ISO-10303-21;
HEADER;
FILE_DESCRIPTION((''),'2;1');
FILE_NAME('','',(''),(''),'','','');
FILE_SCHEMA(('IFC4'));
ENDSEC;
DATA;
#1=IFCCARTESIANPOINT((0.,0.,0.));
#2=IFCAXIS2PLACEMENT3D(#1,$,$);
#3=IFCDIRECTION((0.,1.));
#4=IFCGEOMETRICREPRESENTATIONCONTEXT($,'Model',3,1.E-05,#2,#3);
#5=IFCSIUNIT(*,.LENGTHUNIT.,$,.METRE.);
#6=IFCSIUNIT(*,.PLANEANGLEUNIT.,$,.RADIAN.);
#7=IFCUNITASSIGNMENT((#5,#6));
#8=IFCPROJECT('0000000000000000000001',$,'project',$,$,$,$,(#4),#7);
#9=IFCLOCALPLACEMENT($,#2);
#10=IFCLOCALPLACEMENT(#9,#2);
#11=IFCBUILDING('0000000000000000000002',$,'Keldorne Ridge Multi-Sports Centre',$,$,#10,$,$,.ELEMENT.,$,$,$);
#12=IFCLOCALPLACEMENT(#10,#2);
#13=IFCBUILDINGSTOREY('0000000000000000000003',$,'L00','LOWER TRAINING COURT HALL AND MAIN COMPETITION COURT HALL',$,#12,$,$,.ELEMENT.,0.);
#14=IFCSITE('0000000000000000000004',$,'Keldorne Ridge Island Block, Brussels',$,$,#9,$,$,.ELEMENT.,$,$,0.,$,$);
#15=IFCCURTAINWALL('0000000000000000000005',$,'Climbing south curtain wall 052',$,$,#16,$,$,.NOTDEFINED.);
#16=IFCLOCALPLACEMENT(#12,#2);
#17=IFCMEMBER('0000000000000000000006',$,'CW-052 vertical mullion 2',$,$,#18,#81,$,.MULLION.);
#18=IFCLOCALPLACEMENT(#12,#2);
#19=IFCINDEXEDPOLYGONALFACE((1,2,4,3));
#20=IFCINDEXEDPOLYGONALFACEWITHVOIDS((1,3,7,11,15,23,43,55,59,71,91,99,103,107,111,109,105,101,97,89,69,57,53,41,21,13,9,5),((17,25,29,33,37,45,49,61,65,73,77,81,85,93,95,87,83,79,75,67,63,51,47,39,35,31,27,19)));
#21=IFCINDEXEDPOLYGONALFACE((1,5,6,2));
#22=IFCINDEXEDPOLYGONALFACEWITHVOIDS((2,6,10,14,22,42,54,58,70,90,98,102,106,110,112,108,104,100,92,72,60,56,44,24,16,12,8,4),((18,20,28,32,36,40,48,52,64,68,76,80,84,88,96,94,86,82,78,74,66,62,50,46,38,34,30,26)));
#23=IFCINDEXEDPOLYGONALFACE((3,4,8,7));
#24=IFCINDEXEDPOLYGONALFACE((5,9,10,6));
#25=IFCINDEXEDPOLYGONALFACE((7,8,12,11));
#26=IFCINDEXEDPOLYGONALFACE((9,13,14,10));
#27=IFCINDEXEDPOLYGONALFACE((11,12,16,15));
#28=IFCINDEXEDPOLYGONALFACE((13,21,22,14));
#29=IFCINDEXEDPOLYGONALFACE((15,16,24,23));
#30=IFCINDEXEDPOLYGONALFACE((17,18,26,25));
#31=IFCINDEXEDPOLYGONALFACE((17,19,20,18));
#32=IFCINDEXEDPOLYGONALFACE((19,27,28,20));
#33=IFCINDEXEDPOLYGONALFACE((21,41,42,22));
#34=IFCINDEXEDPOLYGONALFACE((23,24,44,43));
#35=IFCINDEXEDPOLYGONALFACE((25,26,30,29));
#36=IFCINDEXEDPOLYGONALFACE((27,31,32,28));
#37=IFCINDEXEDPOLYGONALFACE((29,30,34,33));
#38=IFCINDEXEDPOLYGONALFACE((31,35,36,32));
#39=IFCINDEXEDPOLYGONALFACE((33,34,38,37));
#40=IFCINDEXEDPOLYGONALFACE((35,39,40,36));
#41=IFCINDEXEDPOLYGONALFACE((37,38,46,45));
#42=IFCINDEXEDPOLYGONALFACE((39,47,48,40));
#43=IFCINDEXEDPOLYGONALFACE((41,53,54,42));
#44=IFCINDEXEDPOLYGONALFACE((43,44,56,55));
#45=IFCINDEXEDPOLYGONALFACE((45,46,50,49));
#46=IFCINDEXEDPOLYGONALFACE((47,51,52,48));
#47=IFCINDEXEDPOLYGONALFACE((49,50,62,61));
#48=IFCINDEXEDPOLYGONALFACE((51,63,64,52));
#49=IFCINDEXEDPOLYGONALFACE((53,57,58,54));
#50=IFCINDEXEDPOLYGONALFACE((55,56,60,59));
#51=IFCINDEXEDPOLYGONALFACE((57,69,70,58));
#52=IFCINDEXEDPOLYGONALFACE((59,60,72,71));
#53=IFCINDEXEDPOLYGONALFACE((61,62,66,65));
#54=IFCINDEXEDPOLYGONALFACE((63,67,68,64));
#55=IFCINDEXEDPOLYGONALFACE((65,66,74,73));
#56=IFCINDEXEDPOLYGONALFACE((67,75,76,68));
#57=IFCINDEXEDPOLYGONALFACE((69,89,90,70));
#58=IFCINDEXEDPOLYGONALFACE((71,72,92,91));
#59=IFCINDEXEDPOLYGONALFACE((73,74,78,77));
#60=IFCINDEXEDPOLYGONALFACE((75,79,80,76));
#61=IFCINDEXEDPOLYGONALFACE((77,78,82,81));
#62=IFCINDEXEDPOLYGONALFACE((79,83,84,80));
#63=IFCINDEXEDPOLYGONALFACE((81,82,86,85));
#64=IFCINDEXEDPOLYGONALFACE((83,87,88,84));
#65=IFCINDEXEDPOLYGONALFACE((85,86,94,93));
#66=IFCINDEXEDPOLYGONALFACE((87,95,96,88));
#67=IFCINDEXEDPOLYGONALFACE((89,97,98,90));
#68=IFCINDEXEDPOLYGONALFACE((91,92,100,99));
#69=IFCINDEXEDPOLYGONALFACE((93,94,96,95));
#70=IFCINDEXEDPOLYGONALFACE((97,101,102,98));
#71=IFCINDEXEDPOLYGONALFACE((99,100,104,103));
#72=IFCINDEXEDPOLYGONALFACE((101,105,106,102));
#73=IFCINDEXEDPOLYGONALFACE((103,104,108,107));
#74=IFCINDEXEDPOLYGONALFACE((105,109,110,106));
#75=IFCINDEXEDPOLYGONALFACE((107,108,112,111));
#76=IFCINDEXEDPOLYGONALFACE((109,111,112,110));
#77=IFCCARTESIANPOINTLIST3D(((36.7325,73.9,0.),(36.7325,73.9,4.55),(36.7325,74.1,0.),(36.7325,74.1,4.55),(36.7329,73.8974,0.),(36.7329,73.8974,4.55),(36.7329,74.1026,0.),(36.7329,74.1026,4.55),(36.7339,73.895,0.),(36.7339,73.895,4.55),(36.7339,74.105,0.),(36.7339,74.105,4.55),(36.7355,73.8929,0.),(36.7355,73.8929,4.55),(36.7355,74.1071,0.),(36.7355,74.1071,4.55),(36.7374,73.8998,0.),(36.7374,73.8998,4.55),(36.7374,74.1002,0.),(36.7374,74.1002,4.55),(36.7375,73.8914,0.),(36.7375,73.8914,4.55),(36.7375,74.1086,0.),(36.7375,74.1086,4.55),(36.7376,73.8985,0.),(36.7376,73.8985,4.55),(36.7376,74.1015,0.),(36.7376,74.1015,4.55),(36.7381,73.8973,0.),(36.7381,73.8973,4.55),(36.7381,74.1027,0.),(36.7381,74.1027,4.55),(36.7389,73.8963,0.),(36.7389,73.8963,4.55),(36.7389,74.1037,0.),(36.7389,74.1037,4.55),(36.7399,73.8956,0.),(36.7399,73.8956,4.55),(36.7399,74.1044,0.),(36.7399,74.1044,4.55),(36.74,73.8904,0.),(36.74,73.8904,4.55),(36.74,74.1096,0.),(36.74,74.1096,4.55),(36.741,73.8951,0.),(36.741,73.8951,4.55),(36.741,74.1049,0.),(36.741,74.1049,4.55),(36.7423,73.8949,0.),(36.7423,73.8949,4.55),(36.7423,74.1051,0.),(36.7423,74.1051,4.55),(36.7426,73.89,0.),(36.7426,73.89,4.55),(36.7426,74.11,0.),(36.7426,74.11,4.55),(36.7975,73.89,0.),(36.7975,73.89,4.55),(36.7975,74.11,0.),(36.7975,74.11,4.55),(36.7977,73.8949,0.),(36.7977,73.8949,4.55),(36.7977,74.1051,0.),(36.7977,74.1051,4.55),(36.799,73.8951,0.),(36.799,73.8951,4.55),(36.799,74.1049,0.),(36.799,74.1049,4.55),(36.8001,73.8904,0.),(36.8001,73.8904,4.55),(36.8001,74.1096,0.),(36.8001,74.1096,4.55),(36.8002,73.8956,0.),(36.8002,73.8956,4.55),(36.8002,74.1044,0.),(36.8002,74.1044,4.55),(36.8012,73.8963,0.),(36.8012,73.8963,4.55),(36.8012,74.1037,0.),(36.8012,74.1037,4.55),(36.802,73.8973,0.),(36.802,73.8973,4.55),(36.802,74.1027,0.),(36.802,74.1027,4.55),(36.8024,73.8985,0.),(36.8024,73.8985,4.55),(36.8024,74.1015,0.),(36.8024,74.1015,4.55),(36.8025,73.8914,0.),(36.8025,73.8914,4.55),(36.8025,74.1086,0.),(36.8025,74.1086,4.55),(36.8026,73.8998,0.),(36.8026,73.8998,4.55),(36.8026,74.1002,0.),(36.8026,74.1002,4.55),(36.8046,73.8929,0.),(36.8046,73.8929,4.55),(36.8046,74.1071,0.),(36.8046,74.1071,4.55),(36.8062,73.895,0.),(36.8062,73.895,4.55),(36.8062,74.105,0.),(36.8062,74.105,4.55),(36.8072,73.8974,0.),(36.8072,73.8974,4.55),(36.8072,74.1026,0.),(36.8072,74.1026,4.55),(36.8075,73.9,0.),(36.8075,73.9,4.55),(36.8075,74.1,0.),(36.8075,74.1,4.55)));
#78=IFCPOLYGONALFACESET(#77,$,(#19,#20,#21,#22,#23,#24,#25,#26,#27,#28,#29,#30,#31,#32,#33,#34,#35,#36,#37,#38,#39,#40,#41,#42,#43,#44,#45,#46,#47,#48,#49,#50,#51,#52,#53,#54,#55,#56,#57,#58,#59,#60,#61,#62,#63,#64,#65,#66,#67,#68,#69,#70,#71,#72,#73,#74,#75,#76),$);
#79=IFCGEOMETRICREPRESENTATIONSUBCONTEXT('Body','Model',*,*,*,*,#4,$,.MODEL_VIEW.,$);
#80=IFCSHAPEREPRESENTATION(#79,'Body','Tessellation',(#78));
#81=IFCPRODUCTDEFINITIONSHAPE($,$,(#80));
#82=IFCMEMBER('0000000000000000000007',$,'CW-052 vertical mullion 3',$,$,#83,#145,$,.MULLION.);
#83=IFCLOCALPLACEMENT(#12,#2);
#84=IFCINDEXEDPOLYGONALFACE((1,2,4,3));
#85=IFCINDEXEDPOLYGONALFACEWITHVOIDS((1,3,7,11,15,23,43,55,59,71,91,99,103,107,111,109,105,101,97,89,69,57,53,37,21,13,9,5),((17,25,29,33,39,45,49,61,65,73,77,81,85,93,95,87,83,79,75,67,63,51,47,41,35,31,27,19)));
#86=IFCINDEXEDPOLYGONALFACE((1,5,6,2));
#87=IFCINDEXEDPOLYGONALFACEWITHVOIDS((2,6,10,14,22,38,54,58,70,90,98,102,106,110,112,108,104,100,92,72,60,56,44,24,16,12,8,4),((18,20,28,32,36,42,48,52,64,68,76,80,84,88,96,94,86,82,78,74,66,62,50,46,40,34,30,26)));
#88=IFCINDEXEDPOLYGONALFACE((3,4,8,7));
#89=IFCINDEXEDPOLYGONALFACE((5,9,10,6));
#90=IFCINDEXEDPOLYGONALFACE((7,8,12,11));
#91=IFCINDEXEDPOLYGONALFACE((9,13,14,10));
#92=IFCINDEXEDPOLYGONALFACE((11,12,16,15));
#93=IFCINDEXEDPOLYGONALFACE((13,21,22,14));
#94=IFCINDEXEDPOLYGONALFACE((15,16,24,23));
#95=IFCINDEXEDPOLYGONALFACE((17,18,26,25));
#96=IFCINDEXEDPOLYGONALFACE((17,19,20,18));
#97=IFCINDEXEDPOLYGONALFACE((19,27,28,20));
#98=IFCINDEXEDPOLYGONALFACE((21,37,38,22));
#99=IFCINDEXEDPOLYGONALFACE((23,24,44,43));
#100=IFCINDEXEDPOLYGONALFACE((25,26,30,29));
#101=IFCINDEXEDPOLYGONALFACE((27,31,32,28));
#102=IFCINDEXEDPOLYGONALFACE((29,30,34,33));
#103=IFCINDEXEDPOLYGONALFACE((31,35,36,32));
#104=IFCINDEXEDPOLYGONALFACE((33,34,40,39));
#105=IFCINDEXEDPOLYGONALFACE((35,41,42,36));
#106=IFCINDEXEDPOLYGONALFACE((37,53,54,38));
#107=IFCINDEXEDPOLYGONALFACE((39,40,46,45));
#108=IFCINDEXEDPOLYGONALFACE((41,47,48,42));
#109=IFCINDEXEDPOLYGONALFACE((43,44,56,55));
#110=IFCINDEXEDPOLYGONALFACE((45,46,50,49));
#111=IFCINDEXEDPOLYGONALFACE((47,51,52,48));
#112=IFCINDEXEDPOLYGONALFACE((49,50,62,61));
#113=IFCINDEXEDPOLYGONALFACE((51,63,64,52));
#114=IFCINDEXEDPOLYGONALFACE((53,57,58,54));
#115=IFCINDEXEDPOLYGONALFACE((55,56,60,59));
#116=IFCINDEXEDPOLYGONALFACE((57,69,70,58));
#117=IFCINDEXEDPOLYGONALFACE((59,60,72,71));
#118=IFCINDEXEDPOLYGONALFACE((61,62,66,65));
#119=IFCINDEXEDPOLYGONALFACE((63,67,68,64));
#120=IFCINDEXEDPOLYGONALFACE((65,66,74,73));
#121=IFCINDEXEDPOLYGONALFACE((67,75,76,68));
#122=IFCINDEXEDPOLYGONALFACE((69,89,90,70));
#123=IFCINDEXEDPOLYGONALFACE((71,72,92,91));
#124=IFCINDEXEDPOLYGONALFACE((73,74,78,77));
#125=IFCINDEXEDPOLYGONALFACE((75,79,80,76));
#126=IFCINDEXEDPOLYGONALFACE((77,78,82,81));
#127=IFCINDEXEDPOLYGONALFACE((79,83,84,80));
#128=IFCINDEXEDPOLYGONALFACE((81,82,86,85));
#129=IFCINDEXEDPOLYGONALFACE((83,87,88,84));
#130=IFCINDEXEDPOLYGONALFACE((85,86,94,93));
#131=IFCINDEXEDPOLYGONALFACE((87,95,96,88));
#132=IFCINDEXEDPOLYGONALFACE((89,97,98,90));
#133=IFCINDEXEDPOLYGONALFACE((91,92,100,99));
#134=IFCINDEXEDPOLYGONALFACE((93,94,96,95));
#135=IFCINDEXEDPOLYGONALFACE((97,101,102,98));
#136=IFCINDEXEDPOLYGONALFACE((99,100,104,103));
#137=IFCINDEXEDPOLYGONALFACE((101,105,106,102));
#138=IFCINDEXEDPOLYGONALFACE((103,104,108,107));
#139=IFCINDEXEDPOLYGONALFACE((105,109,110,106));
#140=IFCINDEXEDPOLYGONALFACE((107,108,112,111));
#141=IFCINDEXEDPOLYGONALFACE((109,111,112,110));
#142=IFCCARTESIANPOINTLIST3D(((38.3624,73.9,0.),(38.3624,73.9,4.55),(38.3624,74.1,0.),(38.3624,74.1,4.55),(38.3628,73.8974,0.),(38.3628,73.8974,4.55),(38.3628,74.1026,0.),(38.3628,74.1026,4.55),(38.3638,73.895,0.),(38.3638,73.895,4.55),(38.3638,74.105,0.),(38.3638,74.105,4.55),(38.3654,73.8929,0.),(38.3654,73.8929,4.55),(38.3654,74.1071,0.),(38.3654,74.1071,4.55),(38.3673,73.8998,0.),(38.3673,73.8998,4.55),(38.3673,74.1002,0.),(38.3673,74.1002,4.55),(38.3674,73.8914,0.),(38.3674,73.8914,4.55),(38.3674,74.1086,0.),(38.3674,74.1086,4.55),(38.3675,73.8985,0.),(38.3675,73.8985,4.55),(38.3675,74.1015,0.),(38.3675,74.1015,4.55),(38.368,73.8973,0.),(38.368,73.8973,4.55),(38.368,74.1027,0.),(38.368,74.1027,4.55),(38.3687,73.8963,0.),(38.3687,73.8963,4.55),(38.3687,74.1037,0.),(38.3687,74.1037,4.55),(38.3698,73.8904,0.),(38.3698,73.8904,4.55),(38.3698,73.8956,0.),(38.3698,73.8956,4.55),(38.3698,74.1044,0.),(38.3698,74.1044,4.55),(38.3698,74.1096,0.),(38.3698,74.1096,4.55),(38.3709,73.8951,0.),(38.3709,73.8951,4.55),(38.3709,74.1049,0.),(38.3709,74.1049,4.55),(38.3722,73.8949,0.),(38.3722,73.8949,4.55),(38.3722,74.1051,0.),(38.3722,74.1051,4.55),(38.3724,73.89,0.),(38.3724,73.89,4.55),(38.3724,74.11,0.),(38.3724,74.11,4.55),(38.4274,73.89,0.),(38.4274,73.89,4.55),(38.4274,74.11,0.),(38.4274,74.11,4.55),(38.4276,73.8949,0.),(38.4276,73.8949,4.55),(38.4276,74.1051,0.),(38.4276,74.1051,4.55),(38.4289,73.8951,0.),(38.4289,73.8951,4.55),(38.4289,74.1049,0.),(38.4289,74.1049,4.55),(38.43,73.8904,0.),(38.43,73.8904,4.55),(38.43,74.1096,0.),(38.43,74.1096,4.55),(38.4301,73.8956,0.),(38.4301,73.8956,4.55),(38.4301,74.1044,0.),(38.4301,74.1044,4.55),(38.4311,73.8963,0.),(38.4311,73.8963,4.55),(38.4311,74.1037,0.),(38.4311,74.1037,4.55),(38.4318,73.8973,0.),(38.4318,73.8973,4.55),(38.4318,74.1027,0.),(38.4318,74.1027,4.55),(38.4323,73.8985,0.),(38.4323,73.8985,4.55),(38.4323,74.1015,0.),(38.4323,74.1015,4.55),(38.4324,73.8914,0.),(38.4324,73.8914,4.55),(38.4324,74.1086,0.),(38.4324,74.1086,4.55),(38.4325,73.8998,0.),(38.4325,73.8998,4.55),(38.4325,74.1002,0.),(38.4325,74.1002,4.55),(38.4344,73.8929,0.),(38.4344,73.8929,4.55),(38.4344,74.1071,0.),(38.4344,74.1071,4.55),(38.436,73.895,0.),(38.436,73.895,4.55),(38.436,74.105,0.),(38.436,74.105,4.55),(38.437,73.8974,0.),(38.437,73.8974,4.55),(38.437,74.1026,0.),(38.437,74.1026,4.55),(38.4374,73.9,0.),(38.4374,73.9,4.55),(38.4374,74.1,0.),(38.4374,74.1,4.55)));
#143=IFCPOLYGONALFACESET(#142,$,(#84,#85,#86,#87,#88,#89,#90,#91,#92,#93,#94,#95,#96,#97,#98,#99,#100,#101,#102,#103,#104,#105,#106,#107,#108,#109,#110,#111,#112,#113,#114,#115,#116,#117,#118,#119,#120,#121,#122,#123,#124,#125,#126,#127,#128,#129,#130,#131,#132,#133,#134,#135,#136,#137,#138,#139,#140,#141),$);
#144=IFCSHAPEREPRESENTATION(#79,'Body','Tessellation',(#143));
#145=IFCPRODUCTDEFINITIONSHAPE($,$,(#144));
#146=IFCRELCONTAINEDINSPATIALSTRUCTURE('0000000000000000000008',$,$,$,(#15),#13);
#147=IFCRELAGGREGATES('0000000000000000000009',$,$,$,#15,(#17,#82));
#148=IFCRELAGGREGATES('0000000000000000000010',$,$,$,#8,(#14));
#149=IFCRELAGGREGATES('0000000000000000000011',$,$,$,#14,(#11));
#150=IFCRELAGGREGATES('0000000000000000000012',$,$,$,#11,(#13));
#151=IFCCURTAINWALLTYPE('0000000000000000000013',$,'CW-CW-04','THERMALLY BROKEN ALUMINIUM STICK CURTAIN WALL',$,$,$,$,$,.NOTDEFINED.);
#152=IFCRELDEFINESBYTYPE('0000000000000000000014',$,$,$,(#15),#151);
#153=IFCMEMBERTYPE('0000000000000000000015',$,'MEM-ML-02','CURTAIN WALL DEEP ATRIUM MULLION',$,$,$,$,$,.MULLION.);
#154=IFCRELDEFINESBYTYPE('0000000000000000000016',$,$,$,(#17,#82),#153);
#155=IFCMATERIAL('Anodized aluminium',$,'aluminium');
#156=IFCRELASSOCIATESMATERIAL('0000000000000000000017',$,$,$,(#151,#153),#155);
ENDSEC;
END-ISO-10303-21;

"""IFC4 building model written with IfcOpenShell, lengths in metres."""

from ifc_helpers import new_model, si_unit, direction, frame, origin, origin_2d, place, context, subcontext, project, spatial, hollow_rectangle, extrude, material, material_profile, profile_set, type_object, element, aggregate, save


model = new_model("IFC4")

# Units and contexts
model_context = context("Model", 3, precision=1e-05, world=origin(), true_north=direction((0.0, 1.0)))
body_context = subcontext(model_context, "Body", "Model", "MODEL_VIEW")
ifc_project = project(units=[si_unit("LENGTHUNIT", "METRE"), si_unit("PLANEANGLEUNIT", "RADIAN")], contexts=[model_context])

# Site, building, storey
site_placement = place(None, origin())
site = spatial("IfcSite", under=ifc_project, at=site_placement, Name="Keldorne Ridge Island Block, Brussels", CompositionType="ELEMENT", RefElevation=0.0)
building_placement = place(site_placement, origin())
building = spatial("IfcBuilding", under=site, at=building_placement, Name="Keldorne Ridge Multi-Sports Centre", CompositionType="ELEMENT")
storey_placement = place(building_placement, origin())
storey = spatial("IfcBuildingStorey", under=building, at=storey_placement, Name="L00", Description="LOWER TRAINING COURT HALL AND MAIN COMPETITION COURT HALL", CompositionType="ELEMENT", Elevation=0.0)

# Shared definitions
ifc_material_1 = material(Name="Anodized aluminium", Category="aluminium")

# Curtain wall, members
curtain_wall_type_1 = type_object("IfcCurtainWallType", Name="CW-CW-04", Description="THERMALLY BROKEN ALUMINIUM STICK CURTAIN WALL", PredefinedType="NOTDEFINED", material=ifc_material_1)
curtain_wall_1_placement = place(storey_placement, origin())
curtain_wall_1 = element("IfcCurtainWall", 1, at=curtain_wall_1_placement, inside=storey, type_object=curtain_wall_type_1, Name="Climbing south curtain wall 052", PredefinedType="NOTDEFINED")
ifc_material_profile_1 = material_profile(ifc_material_1, hollow_rectangle(XDim=0.075, YDim=0.22, WallThickness=0.0049, InnerFilletRadius=0.0049, OuterFilletRadius=0.01, at=origin_2d()), Name="ALU MULLION 220x75x5")
ifc_profile_set_1 = profile_set([ifc_material_profile_1], Name="Anodized aluminium")
member_type_1 = type_object("IfcMemberType", Name="MEM-ML-02", Description="CURTAIN WALL DEEP ATRIUM MULLION", PredefinedType="MULLION", material=ifc_profile_set_1)
member_1_placement = place(storey_placement, frame((36.77, 74.0, 0.0), z_axis=(0.0, 0.0, 1.0), x_axis=(1.0, 0.0, 0.0)))
member_1 = element("IfcMember", 2, at=member_1_placement, type_object=member_type_1, Name="CW-052 vertical mullion 2", PredefinedType="MULLION", context=body_context, shape_type="SweptSolid", body=[
    extrude(hollow_rectangle(XDim=0.075, YDim=0.22, WallThickness=0.0049, InnerFilletRadius=0.0049, OuterFilletRadius=0.01, at=origin_2d()), origin(), (0.0, 0.0, 1.0), 4.55),
])
member_2_placement = place(storey_placement, frame((38.3999, 74.0, 0.0), z_axis=(0.0, 0.0, 1.0), x_axis=(1.0, 0.0, 0.0)))
member_2 = element("IfcMember", 3, at=member_2_placement, type_object=member_type_1, Name="CW-052 vertical mullion 3", PredefinedType="MULLION", context=body_context, shape_type="SweptSolid", body=[
    extrude(hollow_rectangle(XDim=0.075, YDim=0.22, WallThickness=0.0049, InnerFilletRadius=0.0049, OuterFilletRadius=0.01, at=origin_2d()), origin(), (0.0, 0.0, 1.0), 4.55),
])
aggregate(curtain_wall_1, [member_1, member_2])

save(model, "model.ifc")
